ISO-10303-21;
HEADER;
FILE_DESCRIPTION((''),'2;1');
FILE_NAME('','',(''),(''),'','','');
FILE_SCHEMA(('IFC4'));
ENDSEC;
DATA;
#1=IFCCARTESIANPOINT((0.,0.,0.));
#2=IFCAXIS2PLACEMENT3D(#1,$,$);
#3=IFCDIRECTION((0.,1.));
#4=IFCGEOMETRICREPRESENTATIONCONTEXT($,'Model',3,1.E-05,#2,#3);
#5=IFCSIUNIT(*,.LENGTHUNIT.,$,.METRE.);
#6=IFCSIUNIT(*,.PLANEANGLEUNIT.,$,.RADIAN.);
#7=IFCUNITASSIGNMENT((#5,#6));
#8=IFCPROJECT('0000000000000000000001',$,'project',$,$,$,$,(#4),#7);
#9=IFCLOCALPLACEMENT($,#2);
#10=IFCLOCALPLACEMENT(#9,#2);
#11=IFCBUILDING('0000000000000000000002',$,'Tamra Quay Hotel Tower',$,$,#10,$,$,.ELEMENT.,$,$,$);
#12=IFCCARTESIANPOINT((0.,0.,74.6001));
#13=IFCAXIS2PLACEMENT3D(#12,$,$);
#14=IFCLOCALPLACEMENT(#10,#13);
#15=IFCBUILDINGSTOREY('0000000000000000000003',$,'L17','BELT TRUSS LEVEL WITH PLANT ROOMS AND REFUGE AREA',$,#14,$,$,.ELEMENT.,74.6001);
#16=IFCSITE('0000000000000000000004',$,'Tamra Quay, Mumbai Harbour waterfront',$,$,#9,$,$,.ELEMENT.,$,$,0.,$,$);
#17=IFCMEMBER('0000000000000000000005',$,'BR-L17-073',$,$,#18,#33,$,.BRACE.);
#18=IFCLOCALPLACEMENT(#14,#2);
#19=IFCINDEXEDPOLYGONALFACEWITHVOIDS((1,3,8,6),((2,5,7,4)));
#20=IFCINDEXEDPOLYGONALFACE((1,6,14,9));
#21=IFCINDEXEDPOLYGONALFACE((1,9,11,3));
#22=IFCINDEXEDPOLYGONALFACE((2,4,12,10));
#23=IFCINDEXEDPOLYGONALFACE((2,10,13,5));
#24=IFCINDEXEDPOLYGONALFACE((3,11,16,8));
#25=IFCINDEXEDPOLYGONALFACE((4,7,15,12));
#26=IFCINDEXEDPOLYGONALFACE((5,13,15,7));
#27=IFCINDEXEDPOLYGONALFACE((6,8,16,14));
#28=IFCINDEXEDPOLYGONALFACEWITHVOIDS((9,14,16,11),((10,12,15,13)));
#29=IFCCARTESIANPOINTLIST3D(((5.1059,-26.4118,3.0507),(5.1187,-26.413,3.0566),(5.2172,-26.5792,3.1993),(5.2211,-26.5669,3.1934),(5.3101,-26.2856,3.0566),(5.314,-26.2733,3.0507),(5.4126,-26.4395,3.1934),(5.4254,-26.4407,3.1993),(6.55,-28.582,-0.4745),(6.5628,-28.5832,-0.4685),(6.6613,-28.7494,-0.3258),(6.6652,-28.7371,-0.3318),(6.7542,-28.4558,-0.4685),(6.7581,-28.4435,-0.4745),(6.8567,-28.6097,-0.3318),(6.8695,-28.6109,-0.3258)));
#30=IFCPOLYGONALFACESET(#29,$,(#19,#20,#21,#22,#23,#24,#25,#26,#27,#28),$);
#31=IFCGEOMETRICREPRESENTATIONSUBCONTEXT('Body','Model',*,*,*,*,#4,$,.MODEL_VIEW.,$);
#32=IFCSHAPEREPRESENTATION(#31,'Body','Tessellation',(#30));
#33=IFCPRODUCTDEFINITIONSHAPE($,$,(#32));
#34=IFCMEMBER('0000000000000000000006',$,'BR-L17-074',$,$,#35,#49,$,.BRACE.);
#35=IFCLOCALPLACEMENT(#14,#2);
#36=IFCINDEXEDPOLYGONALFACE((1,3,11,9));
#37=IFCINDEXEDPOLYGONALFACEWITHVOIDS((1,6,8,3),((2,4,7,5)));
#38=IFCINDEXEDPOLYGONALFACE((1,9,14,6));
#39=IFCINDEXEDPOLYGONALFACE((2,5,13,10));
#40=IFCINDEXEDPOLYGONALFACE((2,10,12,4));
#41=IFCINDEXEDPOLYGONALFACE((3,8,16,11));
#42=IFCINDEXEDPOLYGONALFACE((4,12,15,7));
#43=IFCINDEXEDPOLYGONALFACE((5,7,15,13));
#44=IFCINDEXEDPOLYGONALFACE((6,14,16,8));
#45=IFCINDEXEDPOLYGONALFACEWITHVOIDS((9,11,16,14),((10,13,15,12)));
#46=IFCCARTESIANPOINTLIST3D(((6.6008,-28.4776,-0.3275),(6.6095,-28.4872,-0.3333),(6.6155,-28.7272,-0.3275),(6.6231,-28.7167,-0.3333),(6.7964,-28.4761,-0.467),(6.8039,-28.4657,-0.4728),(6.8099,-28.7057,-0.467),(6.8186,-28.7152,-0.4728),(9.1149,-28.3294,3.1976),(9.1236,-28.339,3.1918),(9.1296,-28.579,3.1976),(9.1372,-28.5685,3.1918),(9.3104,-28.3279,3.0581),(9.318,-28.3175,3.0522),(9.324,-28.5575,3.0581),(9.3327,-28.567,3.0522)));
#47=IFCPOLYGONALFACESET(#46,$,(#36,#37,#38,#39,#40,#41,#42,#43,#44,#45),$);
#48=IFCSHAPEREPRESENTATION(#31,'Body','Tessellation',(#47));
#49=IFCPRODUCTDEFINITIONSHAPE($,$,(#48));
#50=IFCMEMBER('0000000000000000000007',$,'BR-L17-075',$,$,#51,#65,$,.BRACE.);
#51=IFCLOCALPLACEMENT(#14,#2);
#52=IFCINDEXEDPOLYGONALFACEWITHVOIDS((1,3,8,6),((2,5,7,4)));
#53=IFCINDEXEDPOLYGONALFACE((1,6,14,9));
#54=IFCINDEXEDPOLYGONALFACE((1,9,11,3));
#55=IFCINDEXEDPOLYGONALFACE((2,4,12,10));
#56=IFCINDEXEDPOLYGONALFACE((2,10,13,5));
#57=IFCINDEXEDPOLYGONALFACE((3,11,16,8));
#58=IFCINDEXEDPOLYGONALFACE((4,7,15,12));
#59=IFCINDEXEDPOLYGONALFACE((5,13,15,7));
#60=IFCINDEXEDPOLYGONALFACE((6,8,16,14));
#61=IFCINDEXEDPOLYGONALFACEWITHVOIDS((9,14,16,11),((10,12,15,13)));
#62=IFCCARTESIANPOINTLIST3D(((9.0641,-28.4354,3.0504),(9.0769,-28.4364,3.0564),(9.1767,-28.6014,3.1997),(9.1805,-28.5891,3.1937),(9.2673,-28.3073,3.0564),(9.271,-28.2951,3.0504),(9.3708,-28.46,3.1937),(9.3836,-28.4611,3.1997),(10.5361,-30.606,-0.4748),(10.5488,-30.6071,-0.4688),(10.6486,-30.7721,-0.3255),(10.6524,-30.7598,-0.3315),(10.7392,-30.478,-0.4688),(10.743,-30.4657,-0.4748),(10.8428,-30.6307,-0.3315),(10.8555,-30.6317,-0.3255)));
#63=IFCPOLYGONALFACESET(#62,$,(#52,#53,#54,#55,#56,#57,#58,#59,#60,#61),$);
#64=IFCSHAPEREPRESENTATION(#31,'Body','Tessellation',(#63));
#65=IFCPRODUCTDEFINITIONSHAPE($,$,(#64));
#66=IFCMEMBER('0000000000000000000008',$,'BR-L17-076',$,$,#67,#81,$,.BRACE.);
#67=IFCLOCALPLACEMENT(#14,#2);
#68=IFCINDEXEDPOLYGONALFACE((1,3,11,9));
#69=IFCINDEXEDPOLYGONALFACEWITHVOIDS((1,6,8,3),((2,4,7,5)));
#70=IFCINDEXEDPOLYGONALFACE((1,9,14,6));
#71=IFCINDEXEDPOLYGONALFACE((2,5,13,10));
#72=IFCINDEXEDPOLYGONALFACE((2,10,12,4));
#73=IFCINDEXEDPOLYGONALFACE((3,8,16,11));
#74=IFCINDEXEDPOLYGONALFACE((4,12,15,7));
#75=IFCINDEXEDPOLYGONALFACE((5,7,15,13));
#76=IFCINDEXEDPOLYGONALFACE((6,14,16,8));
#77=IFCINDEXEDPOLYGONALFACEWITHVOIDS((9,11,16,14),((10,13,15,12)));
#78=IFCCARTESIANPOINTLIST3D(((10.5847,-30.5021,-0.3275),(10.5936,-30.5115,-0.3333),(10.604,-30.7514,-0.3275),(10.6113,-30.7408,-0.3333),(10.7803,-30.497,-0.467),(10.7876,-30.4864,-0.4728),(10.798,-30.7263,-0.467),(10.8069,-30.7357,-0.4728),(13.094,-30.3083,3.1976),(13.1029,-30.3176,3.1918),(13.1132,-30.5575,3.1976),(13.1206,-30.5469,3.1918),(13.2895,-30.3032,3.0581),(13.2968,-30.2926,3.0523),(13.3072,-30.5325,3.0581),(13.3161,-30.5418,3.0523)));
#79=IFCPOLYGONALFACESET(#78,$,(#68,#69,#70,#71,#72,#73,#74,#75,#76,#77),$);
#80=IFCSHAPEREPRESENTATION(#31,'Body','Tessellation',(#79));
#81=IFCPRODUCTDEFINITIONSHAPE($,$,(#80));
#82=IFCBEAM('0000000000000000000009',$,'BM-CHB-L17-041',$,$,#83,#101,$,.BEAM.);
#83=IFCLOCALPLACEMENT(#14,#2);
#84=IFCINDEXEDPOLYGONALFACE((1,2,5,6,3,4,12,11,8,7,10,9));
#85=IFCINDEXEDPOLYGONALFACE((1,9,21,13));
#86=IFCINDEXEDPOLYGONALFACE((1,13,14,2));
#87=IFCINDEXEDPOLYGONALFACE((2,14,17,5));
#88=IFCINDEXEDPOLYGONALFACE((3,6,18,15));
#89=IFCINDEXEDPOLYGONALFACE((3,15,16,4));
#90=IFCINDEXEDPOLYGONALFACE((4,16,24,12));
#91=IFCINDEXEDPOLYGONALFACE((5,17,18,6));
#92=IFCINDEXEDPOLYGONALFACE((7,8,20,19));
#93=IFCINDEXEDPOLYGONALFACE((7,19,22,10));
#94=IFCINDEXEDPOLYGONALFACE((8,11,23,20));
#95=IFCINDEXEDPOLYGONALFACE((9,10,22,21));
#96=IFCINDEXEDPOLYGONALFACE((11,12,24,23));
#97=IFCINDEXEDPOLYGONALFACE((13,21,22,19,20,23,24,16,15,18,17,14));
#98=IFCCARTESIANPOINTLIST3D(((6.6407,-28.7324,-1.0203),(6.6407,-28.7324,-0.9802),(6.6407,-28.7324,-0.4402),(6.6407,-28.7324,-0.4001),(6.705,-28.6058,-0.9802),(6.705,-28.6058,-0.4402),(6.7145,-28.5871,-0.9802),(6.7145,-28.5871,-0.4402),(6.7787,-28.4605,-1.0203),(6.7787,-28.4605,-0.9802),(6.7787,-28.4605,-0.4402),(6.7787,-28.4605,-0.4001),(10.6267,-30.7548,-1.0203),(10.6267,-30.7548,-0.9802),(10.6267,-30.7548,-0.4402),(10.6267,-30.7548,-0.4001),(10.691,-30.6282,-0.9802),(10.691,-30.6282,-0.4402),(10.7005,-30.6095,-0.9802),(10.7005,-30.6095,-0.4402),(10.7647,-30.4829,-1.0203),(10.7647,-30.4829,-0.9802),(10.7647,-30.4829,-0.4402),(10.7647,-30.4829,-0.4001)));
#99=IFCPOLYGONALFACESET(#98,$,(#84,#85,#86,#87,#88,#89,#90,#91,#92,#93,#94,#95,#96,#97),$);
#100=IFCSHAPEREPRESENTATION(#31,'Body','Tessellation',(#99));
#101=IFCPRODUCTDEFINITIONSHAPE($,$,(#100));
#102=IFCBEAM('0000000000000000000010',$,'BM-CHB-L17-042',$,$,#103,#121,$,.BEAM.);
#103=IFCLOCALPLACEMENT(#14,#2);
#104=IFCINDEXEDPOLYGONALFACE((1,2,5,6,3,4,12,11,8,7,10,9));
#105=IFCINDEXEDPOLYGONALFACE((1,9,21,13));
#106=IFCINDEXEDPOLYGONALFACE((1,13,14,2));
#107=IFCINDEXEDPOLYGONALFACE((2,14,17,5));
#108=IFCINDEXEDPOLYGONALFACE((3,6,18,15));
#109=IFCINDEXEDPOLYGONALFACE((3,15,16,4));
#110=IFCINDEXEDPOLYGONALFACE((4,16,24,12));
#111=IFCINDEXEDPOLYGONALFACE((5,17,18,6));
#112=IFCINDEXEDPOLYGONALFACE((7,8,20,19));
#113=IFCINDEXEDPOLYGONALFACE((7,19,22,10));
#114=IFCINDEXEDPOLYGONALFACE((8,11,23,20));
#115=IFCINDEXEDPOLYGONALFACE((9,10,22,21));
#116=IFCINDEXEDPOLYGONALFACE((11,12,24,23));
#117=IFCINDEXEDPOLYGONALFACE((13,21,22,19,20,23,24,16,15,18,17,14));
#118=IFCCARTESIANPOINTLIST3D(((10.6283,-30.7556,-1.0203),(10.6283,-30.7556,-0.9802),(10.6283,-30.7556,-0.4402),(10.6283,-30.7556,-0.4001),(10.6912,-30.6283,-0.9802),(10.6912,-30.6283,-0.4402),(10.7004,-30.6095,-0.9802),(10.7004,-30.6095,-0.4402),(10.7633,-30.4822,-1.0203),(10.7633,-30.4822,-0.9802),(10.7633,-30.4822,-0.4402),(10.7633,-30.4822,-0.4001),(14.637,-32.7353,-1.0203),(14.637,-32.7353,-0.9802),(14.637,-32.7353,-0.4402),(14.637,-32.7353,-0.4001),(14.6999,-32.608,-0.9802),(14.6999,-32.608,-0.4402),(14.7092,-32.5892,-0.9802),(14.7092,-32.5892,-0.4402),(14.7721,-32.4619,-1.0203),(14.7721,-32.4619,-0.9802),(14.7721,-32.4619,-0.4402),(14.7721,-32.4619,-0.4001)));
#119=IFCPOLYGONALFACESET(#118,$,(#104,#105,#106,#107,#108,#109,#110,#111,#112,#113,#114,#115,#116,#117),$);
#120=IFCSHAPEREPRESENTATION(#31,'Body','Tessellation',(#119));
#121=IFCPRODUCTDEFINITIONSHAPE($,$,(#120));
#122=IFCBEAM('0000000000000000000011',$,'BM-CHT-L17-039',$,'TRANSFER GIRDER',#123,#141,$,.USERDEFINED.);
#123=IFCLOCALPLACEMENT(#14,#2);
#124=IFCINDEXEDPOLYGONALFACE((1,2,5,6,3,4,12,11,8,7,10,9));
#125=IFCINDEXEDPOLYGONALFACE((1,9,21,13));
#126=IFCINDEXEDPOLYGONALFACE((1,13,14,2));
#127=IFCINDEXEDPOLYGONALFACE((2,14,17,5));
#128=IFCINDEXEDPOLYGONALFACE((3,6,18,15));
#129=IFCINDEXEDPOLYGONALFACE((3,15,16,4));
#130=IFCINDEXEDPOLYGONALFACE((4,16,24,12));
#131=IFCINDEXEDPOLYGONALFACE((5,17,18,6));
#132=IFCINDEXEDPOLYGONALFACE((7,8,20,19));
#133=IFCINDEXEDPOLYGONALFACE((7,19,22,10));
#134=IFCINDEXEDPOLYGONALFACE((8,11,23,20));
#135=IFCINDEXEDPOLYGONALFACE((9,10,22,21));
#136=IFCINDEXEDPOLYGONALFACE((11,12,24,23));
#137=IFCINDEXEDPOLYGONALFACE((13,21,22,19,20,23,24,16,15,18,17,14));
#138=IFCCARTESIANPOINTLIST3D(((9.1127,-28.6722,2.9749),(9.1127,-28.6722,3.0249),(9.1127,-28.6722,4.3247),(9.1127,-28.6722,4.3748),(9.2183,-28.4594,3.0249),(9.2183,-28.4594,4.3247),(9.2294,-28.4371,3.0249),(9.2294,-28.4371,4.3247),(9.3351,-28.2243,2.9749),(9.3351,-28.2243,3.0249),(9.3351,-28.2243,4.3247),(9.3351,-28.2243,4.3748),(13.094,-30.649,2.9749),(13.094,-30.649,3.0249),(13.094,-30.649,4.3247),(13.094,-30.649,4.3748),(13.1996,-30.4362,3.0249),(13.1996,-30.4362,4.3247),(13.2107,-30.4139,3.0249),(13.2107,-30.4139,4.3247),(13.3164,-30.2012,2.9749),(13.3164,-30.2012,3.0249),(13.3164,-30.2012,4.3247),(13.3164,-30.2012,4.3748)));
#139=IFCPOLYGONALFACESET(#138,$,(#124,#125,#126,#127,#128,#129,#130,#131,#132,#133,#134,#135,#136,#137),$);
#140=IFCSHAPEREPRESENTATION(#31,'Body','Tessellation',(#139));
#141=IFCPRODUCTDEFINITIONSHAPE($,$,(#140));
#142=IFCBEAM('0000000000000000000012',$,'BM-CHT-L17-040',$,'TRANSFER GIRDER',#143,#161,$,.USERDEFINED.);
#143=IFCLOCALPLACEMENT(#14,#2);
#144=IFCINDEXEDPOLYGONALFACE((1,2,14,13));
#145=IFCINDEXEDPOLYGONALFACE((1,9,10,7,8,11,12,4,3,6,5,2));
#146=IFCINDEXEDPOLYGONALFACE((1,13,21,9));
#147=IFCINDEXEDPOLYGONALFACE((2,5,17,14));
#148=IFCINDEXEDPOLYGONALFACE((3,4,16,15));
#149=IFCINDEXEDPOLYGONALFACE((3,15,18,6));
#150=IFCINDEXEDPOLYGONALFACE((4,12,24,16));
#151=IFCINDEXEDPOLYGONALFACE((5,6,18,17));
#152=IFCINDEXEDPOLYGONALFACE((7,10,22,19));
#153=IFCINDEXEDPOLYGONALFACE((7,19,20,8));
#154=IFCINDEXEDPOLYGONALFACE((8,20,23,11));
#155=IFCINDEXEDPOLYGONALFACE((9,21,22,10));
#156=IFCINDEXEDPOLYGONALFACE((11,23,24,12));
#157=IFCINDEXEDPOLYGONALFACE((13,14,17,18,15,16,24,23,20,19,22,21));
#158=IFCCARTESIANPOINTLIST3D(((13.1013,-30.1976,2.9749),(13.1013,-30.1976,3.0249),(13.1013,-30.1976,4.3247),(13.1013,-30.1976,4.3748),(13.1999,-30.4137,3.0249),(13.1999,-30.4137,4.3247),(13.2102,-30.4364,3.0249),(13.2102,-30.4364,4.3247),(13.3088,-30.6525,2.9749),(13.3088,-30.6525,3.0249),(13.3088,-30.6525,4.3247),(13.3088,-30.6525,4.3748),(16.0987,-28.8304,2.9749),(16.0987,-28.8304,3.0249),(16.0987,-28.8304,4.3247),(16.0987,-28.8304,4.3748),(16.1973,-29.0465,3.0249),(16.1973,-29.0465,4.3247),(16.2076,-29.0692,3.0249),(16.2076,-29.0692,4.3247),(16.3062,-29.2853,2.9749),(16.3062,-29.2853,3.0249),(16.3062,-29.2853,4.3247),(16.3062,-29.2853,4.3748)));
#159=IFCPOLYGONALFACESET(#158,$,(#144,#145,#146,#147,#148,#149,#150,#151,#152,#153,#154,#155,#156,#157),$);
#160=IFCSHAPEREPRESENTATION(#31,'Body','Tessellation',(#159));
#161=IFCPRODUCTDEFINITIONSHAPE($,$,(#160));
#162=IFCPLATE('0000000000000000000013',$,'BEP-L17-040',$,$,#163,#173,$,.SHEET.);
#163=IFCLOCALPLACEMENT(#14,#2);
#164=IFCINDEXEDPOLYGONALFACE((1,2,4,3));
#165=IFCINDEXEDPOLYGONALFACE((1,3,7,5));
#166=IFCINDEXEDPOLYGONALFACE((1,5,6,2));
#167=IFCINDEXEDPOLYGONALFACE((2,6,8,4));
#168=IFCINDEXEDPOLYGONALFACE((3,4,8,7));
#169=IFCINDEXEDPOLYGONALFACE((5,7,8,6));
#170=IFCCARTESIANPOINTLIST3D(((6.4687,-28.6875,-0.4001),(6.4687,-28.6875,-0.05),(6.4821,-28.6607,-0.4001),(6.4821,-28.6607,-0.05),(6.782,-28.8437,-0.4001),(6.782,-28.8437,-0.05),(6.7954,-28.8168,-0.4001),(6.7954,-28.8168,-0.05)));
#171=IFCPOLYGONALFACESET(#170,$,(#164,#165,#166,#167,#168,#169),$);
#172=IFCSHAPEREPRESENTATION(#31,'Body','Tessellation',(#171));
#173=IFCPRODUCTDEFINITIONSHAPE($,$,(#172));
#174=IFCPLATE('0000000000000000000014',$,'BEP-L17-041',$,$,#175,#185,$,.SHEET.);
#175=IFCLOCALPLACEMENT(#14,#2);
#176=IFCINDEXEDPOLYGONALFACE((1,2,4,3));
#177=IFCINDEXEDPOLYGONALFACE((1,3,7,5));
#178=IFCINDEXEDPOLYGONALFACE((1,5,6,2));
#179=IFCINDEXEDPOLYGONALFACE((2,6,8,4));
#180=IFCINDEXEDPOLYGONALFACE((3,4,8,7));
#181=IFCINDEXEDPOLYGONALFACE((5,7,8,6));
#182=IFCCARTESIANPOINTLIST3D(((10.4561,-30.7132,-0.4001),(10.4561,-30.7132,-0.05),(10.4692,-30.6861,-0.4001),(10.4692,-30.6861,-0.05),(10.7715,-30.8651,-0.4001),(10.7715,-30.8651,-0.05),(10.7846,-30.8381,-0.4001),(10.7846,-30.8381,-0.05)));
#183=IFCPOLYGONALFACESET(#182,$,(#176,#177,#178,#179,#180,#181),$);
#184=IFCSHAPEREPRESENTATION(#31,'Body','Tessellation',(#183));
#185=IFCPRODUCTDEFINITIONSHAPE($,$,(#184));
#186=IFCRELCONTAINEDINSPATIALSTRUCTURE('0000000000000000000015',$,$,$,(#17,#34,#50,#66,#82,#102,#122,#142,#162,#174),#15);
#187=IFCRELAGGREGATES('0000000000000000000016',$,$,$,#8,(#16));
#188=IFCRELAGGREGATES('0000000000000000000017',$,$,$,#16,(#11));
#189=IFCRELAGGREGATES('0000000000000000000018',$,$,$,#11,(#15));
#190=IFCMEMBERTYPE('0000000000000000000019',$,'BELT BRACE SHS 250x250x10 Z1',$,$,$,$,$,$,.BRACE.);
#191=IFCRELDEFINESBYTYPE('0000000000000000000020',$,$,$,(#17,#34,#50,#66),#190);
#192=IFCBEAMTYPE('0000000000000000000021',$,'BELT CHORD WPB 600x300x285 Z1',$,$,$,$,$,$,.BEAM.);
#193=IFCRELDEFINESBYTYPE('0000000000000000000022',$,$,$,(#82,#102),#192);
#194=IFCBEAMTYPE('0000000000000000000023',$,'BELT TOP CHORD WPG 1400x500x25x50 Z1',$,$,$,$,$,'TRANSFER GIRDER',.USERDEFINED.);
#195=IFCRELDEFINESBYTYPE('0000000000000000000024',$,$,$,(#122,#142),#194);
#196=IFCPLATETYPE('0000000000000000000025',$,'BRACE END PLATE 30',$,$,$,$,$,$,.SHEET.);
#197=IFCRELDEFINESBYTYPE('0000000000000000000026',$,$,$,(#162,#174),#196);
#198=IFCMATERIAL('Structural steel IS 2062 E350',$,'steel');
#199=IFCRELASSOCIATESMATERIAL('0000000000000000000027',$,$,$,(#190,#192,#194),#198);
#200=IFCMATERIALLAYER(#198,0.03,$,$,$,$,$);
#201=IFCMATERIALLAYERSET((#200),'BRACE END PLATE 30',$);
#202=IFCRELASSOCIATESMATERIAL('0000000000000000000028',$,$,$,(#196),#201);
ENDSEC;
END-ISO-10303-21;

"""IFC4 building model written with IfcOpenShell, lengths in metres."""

from ifc_helpers import new_model, si_unit, direction, frame, origin, origin_2d, place, context, subcontext, project, spatial, rectangle, hollow_rectangle, i_section, extrude, material, layer, layer_set, material_profile, profile_set, type_object, element, save


model = new_model("IFC4")

# Units and contexts
model_context = context("Model", 3, precision=1e-05, world=origin(), true_north=direction((0.0, 1.0)))
body_context = subcontext(model_context, "Body", "Model", "MODEL_VIEW")
ifc_project = project(units=[si_unit("LENGTHUNIT", "METRE"), si_unit("PLANEANGLEUNIT", "RADIAN")], contexts=[model_context])

# Site, building, storey
site_placement = place(None, origin())
site = spatial("IfcSite", under=ifc_project, at=site_placement, Name="Tamra Quay, Mumbai Harbour waterfront", CompositionType="ELEMENT", RefElevation=0.0)
building_placement = place(site_placement, origin())
building = spatial("IfcBuilding", under=site, at=building_placement, Name="Tamra Quay Hotel Tower", CompositionType="ELEMENT")
storey_placement = place(building_placement, frame((0.0, 0.0, 74.6001)))
storey = spatial("IfcBuildingStorey", under=building, at=storey_placement, Name="L17", Description="BELT TRUSS LEVEL WITH PLANT ROOMS AND REFUGE AREA", CompositionType="ELEMENT", Elevation=74.6001)

# Members
ifc_material_1 = material(Name="Structural steel IS 2062 E350", Category="steel")
ifc_material_profile_1 = material_profile(ifc_material_1, hollow_rectangle(XDim=0.25, YDim=0.25, WallThickness=0.01, at=origin_2d()), Name="SHS 250x250x10")
ifc_profile_set_1 = profile_set([ifc_material_profile_1], Name="Structural steel IS 2062 E350")
member_type = type_object("IfcMemberType", Name="BELT BRACE SHS 250x250x10 Z1", PredefinedType="BRACE", material=ifc_profile_set_1)
member_1_placement = place(storey_placement, frame((6.7097, -28.5964, -0.4001), z_axis=(-0.329381, 0.494991, 0.804047), x_axis=(-0.832525, -0.553987, 0.0)))
element("IfcMember", 1, at=member_1_placement, inside=storey, type_object=member_type, Name="BR-L17-073", PredefinedType="BRACE", context=body_context, shape_type="SweptSolid", body=[
    extrude(hollow_rectangle(XDim=0.25, YDim=0.25, WallThickness=0.01, at=origin_2d()), origin(), (0.0, 0.0, 1.0), 4.3843),
])
member_2_placement = place(storey_placement, frame((6.7097, -28.5964, -0.4001), z_axis=(0.580317, 0.034206, 0.813672), x_axis=(-0.058841, 0.998267, 0.0)))
element("IfcMember", 2, at=member_2_placement, inside=storey, type_object=member_type, Name="BR-L17-074", PredefinedType="BRACE", context=body_context, shape_type="SweptSolid", body=[
    extrude(hollow_rectangle(XDim=0.25, YDim=0.25, WallThickness=0.01, at=origin_2d()), origin(), (0.0, 0.0, 1.0), 4.3323),
])
member_3_placement = place(storey_placement, frame((10.6958, -30.6189, -0.4001), z_axis=(-0.335005, 0.494033, 0.802311), x_axis=(-0.827656, -0.561235, 0.0)))
element("IfcMember", 3, at=member_3_placement, inside=storey, type_object=member_type, Name="BR-L17-075", PredefinedType="BRACE", context=body_context, shape_type="SweptSolid", body=[
    extrude(hollow_rectangle(XDim=0.25, YDim=0.25, WallThickness=0.01, at=origin_2d()), origin(), (0.0, 0.0, 1.0), 4.3938),
])
member_4_placement = place(storey_placement, frame((10.6958, -30.6189, -0.4001), z_axis=(0.579327, 0.044754, 0.813865), x_axis=(-0.077023, 0.997029, 0.0)))
element("IfcMember", 4, at=member_4_placement, inside=storey, type_object=member_type, Name="BR-L17-076", PredefinedType="BRACE", context=body_context, shape_type="SweptSolid", body=[
    extrude(hollow_rectangle(XDim=0.25, YDim=0.25, WallThickness=0.01, at=origin_2d()), origin(), (0.0, 0.0, 1.0), 4.3313),
])

# Beams
ifc_material_profile_2 = material_profile(ifc_material_1, i_section(OverallWidth=0.3049, OverallDepth=0.6201, WebThickness=0.021, FlangeThickness=0.04, at=origin_2d()), Name="WPB 600x300x285")
ifc_profile_set_2 = profile_set([ifc_material_profile_2], Name="Structural steel IS 2062 E350")
beam_type_1 = type_object("IfcBeamType", Name="BELT CHORD WPB 600x300x285 Z1", PredefinedType="BEAM", material=ifc_profile_set_2)
beam_1_placement = place(storey_placement, frame((6.7097, -28.5964, -0.7102), z_axis=(0.891779, -0.452471, 0.0), x_axis=(0.452471, 0.891779, 0.0)))
element("IfcBeam", 5, at=beam_1_placement, inside=storey, type_object=beam_type_1, Name="BM-CHB-L17-041", PredefinedType="BEAM", context=body_context, shape_type="SweptSolid", body=[
    extrude(i_section(OverallWidth=0.3049, OverallDepth=0.6201, WebThickness=0.021, FlangeThickness=0.04, at=origin_2d()), origin(), (0.0, 0.0, 1.0), 4.4697),
])
beam_2_placement = place(storey_placement, frame((10.6958, -30.6189, -0.7102), z_axis=(0.896622, -0.442796, 0.0), x_axis=(0.442796, 0.896622, 0.0)))
element("IfcBeam", 6, at=beam_2_placement, inside=storey, type_object=beam_type_1, Name="BM-CHB-L17-042", PredefinedType="BEAM", context=body_context, shape_type="SweptSolid", body=[
    extrude(i_section(OverallWidth=0.3049, OverallDepth=0.6201, WebThickness=0.021, FlangeThickness=0.04, at=origin_2d()), origin(), (0.0, 0.0, 1.0), 4.4709),
])
ifc_material_profile_3 = material_profile(ifc_material_1, i_section(OverallWidth=0.5, OverallDepth=1.3999, WebThickness=0.0249, FlangeThickness=0.05, at=origin_2d()), Name="WPG 1400x500x25x50")
ifc_profile_set_3 = profile_set([ifc_material_profile_3], Name="Structural steel IS 2062 E350")
beam_type_2 = type_object("IfcBeamType", Name="BELT TOP CHORD WPG 1400x500x25x50 Z1", ElementType="TRANSFER GIRDER", PredefinedType="USERDEFINED", material=ifc_profile_set_3)
beam_3_placement = place(storey_placement, frame((9.2239, -28.4482, 3.6748), z_axis=(0.895665, -0.444729, 0.0), x_axis=(0.444729, 0.895665, 0.0)))
element("IfcBeam", 7, at=beam_3_placement, inside=storey, type_object=beam_type_2, Name="BM-CHT-L17-039", ObjectType="TRANSFER GIRDER", PredefinedType="USERDEFINED", context=body_context, shape_type="SweptSolid", body=[
    extrude(i_section(OverallWidth=0.5, OverallDepth=1.3999, WebThickness=0.0249, FlangeThickness=0.05, at=origin_2d()), origin(), (0.0, 0.0, 1.0), 4.4451),
])
beam_4_placement = place(storey_placement, frame((13.2051, -30.425, 3.6748), z_axis=(0.90982, 0.415003, 0.0), x_axis=(-0.415003, 0.90982, 0.0)))
element("IfcBeam", 8, at=beam_4_placement, inside=storey, type_object=beam_type_2, Name="BM-CHT-L17-040", ObjectType="TRANSFER GIRDER", PredefinedType="USERDEFINED", context=body_context, shape_type="SweptSolid", body=[
    extrude(i_section(OverallWidth=0.5, OverallDepth=1.3999, WebThickness=0.0249, FlangeThickness=0.05, at=origin_2d()), origin(), (0.0, 0.0, 1.0), 3.2944),
])

# Plates
ifc_layer = layer(ifc_material_1, 0.03)
ifc_layer_set = layer_set([ifc_layer], Name="BRACE END PLATE 30")
plate_type = type_object("IfcPlateType", Name="BRACE END PLATE 30", PredefinedType="SHEET", material=ifc_layer_set)
for number, where, z_axis, x_axis, name in (
    (9, (6.6321, -28.7522, -0.4001), (0.0, 0.0, 1.0), (0.446088, 0.894989, 0.0), "BEP-L17-040"),
    (10, (10.6204, -30.7756, -0.4001), (0.0, 0.0, 1.0), (0.433994, 0.900916, 0.0), "BEP-L17-041"),
):
    element("IfcPlate", number, at=place(storey_placement, frame(where, z_axis=z_axis, x_axis=x_axis)), inside=storey, type_object=plate_type, Name=name, PredefinedType="SHEET", context=body_context, shape_type="SweptSolid", body=[
        extrude(rectangle(XDim=0.03, YDim=0.3501, at=origin_2d()), origin(), (0.0, 0.0, 1.0), 0.3501),
    ])

save(model, "model.ifc")
